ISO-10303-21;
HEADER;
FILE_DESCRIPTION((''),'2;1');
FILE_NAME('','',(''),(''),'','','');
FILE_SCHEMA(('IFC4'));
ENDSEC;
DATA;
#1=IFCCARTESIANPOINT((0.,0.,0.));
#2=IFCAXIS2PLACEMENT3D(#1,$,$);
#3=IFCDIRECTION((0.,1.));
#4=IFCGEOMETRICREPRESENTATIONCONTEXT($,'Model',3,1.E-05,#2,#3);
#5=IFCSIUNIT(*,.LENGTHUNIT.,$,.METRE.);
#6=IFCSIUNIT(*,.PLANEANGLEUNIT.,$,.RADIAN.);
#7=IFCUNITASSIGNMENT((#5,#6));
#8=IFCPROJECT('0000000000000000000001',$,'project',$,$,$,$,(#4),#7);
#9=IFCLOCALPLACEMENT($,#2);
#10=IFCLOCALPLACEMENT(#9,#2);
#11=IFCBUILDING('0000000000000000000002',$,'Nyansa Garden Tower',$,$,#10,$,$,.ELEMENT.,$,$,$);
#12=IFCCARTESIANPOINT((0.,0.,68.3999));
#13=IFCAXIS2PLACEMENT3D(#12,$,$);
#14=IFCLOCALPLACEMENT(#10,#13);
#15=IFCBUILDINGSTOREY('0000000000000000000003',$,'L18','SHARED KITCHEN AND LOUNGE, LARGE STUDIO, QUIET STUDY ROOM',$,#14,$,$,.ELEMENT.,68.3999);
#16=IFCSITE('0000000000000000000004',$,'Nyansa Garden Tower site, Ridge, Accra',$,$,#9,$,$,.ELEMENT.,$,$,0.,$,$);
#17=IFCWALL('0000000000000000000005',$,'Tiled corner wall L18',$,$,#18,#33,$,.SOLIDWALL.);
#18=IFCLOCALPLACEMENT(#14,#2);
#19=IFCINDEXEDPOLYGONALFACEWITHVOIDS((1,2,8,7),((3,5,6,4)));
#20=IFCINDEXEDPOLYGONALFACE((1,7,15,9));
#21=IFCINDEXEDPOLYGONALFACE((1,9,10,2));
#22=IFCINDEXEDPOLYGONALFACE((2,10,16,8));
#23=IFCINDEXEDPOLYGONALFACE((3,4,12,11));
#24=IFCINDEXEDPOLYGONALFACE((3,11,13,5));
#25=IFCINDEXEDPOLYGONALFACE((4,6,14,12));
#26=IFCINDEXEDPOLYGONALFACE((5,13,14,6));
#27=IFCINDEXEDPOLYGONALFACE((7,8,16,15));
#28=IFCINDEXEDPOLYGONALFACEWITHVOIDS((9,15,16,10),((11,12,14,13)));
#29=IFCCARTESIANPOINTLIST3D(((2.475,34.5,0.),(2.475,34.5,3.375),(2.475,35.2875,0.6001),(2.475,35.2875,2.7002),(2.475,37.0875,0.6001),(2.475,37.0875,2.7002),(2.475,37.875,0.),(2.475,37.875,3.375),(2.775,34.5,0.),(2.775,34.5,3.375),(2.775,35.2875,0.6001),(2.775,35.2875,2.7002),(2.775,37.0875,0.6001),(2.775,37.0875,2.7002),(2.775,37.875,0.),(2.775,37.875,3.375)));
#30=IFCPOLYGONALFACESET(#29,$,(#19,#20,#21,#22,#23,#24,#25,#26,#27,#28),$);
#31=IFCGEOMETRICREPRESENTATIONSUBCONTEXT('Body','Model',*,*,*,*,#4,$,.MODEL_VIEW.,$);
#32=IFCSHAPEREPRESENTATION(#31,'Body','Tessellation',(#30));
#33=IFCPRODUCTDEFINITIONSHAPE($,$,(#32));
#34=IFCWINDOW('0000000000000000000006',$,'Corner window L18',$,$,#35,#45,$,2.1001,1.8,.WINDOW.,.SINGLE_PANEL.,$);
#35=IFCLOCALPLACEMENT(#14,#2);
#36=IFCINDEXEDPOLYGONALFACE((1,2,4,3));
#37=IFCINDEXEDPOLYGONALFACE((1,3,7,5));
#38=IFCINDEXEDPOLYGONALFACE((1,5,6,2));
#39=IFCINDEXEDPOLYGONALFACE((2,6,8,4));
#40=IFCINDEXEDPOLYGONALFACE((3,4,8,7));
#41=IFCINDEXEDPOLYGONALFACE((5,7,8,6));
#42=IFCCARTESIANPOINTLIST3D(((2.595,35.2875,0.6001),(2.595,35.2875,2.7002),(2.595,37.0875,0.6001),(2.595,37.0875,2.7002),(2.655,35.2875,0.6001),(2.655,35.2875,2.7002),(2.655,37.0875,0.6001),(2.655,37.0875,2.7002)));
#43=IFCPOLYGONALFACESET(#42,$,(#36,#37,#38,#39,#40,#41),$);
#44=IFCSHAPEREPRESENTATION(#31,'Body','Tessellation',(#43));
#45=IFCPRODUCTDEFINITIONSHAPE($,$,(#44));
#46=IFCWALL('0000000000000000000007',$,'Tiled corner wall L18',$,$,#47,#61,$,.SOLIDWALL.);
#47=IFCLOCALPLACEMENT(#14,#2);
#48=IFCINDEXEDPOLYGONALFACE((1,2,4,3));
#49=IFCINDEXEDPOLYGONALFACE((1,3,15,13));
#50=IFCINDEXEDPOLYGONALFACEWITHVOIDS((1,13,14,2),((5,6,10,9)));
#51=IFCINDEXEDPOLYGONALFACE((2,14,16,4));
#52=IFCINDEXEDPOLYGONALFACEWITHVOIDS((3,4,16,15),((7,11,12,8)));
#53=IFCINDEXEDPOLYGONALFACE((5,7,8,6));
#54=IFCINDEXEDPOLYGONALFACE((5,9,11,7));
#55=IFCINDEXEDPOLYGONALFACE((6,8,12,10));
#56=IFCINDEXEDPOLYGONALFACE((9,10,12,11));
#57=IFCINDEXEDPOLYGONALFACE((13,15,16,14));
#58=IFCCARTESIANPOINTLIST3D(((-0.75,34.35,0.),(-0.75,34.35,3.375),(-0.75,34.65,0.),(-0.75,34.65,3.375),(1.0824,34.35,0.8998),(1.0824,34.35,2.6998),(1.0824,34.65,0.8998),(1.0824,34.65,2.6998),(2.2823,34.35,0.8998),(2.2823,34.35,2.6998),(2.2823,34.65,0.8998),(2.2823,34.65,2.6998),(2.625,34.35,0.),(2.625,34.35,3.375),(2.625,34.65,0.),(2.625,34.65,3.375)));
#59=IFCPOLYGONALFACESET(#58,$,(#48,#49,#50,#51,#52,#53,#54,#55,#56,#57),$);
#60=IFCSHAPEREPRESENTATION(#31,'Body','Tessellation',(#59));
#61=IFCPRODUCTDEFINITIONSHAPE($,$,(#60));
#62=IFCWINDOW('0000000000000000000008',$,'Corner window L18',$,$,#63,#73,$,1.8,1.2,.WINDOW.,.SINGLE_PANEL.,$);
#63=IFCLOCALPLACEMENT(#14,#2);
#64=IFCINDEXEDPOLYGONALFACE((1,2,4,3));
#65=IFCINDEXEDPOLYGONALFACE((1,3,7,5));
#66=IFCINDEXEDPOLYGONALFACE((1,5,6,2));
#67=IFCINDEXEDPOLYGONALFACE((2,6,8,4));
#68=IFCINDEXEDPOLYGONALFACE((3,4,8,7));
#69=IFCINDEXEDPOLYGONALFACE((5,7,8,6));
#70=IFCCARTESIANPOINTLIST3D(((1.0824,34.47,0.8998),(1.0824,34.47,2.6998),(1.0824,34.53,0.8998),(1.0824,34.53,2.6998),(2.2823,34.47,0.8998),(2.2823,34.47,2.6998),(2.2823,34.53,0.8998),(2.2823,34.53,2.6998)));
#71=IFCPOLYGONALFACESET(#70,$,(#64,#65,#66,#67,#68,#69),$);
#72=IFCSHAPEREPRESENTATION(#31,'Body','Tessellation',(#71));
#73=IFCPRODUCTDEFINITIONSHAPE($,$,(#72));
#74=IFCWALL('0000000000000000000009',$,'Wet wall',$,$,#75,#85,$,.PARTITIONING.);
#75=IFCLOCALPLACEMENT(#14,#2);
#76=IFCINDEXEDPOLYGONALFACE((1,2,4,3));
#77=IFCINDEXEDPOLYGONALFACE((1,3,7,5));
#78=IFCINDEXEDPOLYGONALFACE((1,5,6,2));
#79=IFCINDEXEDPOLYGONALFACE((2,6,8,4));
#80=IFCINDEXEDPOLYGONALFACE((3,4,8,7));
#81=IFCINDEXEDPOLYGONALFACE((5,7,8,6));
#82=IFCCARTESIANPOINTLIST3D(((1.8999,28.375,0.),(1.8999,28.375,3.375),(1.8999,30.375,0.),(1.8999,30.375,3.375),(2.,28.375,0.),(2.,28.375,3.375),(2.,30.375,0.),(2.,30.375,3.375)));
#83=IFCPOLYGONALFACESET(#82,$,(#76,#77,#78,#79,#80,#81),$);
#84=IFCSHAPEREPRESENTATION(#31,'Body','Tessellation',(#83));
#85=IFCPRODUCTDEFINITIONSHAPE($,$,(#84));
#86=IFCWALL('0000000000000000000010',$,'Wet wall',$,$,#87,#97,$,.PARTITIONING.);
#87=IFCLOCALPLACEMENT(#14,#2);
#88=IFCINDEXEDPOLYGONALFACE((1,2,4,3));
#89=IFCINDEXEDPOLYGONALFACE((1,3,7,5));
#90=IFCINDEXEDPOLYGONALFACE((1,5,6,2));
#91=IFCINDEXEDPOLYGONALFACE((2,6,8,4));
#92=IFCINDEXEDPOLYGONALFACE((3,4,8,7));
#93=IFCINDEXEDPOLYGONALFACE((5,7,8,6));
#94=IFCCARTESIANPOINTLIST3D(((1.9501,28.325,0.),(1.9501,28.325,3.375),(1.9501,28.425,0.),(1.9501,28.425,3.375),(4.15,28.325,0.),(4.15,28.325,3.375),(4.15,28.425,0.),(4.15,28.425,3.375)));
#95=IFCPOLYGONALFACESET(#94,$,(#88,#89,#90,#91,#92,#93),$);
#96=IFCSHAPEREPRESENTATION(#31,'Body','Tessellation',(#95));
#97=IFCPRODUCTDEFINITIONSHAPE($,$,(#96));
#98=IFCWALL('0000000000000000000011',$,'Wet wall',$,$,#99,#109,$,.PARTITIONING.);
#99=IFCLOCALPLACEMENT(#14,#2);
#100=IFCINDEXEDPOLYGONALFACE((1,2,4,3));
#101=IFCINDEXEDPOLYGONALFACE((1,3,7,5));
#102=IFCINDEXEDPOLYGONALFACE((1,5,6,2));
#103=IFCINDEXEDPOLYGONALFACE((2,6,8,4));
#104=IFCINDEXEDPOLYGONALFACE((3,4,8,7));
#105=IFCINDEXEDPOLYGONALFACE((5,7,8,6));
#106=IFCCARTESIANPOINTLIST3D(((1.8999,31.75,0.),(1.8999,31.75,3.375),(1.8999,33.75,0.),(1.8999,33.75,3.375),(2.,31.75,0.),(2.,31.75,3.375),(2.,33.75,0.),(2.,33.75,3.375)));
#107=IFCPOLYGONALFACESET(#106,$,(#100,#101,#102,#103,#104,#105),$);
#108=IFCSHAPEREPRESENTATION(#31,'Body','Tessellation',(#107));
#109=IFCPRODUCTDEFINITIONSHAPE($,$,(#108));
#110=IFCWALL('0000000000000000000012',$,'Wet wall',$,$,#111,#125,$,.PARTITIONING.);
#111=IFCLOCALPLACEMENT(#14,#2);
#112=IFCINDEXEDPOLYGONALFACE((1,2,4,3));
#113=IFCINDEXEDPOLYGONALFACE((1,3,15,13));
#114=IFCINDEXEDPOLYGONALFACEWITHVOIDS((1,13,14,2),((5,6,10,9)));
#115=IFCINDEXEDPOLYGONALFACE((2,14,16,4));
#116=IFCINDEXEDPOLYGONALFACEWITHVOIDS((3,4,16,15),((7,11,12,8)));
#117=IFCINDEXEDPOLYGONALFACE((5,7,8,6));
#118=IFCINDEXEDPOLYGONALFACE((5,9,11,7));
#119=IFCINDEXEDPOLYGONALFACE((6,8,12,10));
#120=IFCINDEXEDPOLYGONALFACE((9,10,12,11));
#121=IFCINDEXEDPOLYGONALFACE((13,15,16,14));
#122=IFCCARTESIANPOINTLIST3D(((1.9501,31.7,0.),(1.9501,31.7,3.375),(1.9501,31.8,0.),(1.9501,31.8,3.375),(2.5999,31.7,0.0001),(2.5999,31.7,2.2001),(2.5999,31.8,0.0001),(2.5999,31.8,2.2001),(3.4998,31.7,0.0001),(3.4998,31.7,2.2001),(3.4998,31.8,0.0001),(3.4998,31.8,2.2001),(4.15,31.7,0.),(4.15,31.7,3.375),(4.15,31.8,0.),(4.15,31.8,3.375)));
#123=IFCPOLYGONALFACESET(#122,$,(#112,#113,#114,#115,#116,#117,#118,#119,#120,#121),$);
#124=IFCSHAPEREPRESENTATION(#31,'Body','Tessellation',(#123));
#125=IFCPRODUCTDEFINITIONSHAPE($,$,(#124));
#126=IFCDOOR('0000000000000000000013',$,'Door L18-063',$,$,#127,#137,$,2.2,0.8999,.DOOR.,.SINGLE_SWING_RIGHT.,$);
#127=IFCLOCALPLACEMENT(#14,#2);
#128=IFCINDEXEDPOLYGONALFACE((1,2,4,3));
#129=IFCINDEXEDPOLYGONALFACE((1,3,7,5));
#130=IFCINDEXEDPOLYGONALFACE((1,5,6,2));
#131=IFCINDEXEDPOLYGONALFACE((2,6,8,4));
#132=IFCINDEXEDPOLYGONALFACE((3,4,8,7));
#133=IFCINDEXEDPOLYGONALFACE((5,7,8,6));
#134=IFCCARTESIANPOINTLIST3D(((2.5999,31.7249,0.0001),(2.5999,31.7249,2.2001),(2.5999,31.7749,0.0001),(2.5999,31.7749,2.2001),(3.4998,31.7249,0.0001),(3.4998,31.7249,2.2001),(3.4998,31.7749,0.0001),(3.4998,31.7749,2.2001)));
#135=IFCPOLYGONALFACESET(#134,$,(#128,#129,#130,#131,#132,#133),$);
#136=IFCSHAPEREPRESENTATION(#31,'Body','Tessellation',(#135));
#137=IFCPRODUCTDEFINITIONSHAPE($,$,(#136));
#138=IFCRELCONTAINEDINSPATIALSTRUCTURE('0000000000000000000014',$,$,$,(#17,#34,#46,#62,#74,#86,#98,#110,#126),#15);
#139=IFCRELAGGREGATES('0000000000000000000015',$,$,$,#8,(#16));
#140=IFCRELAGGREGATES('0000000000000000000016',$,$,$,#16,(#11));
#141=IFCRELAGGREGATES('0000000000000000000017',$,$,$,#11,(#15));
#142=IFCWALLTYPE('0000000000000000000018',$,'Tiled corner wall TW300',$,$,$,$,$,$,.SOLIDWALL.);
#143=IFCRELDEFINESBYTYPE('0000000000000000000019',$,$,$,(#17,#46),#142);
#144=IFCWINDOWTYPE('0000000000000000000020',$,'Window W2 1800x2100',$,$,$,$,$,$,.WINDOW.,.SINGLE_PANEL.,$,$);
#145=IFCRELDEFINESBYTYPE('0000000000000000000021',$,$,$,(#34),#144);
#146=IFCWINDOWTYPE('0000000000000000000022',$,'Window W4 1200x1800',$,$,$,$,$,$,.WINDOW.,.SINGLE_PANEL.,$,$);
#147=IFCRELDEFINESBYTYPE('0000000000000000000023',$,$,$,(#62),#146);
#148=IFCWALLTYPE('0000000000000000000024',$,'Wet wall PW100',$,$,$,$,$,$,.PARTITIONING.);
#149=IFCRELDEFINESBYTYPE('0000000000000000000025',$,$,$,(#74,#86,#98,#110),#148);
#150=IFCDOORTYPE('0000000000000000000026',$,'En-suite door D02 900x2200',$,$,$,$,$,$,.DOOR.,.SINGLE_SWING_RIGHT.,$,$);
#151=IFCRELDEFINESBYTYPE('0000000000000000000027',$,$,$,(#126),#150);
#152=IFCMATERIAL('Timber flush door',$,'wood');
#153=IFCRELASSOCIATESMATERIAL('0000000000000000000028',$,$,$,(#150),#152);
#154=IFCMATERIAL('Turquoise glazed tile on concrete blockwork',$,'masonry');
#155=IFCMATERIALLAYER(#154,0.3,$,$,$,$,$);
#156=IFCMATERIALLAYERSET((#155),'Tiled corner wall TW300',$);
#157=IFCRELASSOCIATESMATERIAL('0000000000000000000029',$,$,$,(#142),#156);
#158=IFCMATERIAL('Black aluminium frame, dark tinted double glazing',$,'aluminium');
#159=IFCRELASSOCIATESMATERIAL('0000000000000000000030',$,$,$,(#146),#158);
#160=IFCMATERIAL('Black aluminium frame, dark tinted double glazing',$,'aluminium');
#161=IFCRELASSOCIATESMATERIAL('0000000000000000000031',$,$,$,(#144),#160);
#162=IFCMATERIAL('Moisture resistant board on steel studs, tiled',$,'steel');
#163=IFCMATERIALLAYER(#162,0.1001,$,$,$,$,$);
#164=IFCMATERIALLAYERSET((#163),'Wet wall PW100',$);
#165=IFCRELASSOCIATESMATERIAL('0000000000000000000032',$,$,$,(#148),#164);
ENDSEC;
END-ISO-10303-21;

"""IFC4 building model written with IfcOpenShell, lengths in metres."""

from ifc_helpers import new_model, si_unit, direction, frame, frame_2d, origin, place, context, subcontext, project, spatial, rectangle, extrude, material, layer, layer_set, type_object, element, fill, save


model = new_model("IFC4")

# Units and contexts
model_context = context("Model", 3, precision=1e-05, world=origin(), true_north=direction((0.0, 1.0)))
body_context = subcontext(model_context, "Body", "Model", "MODEL_VIEW")
ifc_project = project(units=[si_unit("LENGTHUNIT", "METRE"), si_unit("PLANEANGLEUNIT", "RADIAN")], contexts=[model_context])

# Site, building, storey
site_placement = place(None, origin())
site = spatial("IfcSite", under=ifc_project, at=site_placement, Name="Nyansa Garden Tower site, Ridge, Accra", CompositionType="ELEMENT", RefElevation=0.0)
building_placement = place(site_placement, origin())
building = spatial("IfcBuilding", under=site, at=building_placement, Name="Nyansa Garden Tower", CompositionType="ELEMENT")
storey_placement = place(building_placement, frame((0.0, 0.0, 68.3999)))
storey = spatial("IfcBuildingStorey", under=building, at=storey_placement, Name="L18", Description="SHARED KITCHEN AND LOUNGE, LARGE STUDIO, QUIET STUDY ROOM", CompositionType="ELEMENT", Elevation=68.3999)

# Shared definitions
ifc_material_1 = material(Name="Timber flush door", Category="wood")
door_type_1 = type_object("IfcDoorType", Name="En-suite door D02 900x2200", OperationType="SINGLE_SWING_RIGHT", PredefinedType="DOOR", material=ifc_material_1)

# Walls, openings, windows
ifc_material_2 = material(Name="Turquoise glazed tile on concrete blockwork", Category="masonry")
ifc_layer_1 = layer(ifc_material_2, 0.3)
ifc_layer_set_1 = layer_set([ifc_layer_1], Name="Tiled corner wall TW300")
wall_type_1 = type_object("IfcWallType", Name="Tiled corner wall TW300", PredefinedType="SOLIDWALL", material=ifc_layer_set_1)
ifc_material_3 = material(Name="Black aluminium frame, dark tinted double glazing", Category="aluminium")
window_type_1 = type_object("IfcWindowType", Name="Window W4 1200x1800", PartitioningType="SINGLE_PANEL", PredefinedType="WINDOW", material=ifc_material_3)
ifc_material_4 = material(Name="Black aluminium frame, dark tinted double glazing", Category="aluminium")
window_type_2 = type_object("IfcWindowType", Name="Window W2 1800x2100", PartitioningType="SINGLE_PANEL", PredefinedType="WINDOW", material=ifc_material_4)
wall_1_placement = place(storey_placement, frame((2.625, 37.875, 0.0), z_axis=(0.0, 0.0, 1.0), x_axis=(0.0, -1.0, 0.0)))
wall_1 = element("IfcWall", 1, at=wall_1_placement, inside=storey, type_object=wall_type_1, Name="Tiled corner wall L18", PredefinedType="SOLIDWALL", context=body_context, shape_type="SweptSolid", body=[
    extrude(rectangle(XDim=3.375, YDim=0.3, at=frame_2d((1.6875, 0.0))), origin(), (0.0, 0.0, 1.0), 3.375),
])
opening_1_placement = place(wall_1_placement, frame((0.7876, 0.0, 0.6001)))
opening_1 = element("IfcOpeningElement", 2, at=opening_1_placement, cuts=wall_1, PredefinedType="OPENING", context=body_context, shape_type="SweptSolid", body=[
    extrude(rectangle(XDim=1.8, YDim=2.1001, at=frame_2d((0.8999, 1.05))), frame((0.0, 0.1599, 0.0), z_axis=(0.0, -1.0, 0.0), x_axis=(1.0, 0.0, 0.0)), (0.0, 0.0, 1.0), 0.3201),
])
window_1_placement = place(opening_1_placement, origin())
window_1 = element("IfcWindow", 3, at=window_1_placement, inside=storey, type_object=window_type_2, Name="Corner window L18", OverallHeight=2.1001, OverallWidth=1.8, PartitioningType="SINGLE_PANEL", PredefinedType="WINDOW", context=body_context, shape_type="SweptSolid", body=[
    extrude(rectangle(XDim=1.8, YDim=2.1001, at=frame_2d((0.8999, 1.05))), frame((0.0, 0.03, 0.0), z_axis=(0.0, -1.0, 0.0), x_axis=(1.0, 0.0, 0.0)), (0.0, 0.0, 1.0), 0.0601),
])
fill(opening_1, window_1)
wall_2_placement = place(storey_placement, frame((2.625, 34.5, 0.0), z_axis=(0.0, 0.0, 1.0), x_axis=(-1.0, 0.0, 0.0)))
wall_2 = element("IfcWall", 4, at=wall_2_placement, inside=storey, type_object=wall_type_1, Name="Tiled corner wall L18", PredefinedType="SOLIDWALL", context=body_context, shape_type="SweptSolid", body=[
    extrude(rectangle(XDim=3.375, YDim=0.3, at=frame_2d((1.6875, 0.0))), origin(), (0.0, 0.0, 1.0), 3.375),
])
opening_2_placement = place(wall_2_placement, frame((0.3425, 0.0, 0.8999)))
opening_2 = element("IfcOpeningElement", 5, at=opening_2_placement, cuts=wall_2, PredefinedType="OPENING", context=body_context, shape_type="SweptSolid", body=[
    extrude(rectangle(XDim=1.2, YDim=1.8, at=frame_2d((0.6001, 0.8999))), frame((0.0, 0.1599, 0.0), z_axis=(0.0, -1.0, 0.0), x_axis=(1.0, 0.0, 0.0)), (0.0, 0.0, 1.0), 0.3201),
])
window_2_placement = place(opening_2_placement, origin())
window_2 = element("IfcWindow", 6, at=window_2_placement, inside=storey, type_object=window_type_1, Name="Corner window L18", OverallHeight=1.8, OverallWidth=1.2, PartitioningType="SINGLE_PANEL", PredefinedType="WINDOW", context=body_context, shape_type="SweptSolid", body=[
    extrude(rectangle(XDim=1.2, YDim=1.8, at=frame_2d((0.6001, 0.8999))), frame((0.0, 0.03, 0.0), z_axis=(0.0, -1.0, 0.0), x_axis=(1.0, 0.0, 0.0)), (0.0, 0.0, 1.0), 0.0601),
])
fill(opening_2, window_2)

# Walls
ifc_material_5 = material(Name="Moisture resistant board on steel studs, tiled", Category="steel")
ifc_layer_2 = layer(ifc_material_5, 0.1001)
ifc_layer_set_2 = layer_set([ifc_layer_2], Name="Wet wall PW100")
wall_type_2 = type_object("IfcWallType", Name="Wet wall PW100", PredefinedType="PARTITIONING", material=ifc_layer_set_2)
wall_3_placement = place(storey_placement, frame((1.95, 28.375, 0.0), z_axis=(0.0, 0.0, 1.0), x_axis=(0.0, 1.0, 0.0)))
element("IfcWall", 7, at=wall_3_placement, inside=storey, type_object=wall_type_2, Name="Wet wall", PredefinedType="PARTITIONING", context=body_context, shape_type="SweptSolid", body=[
    extrude(rectangle(XDim=2.0, YDim=0.1001, at=frame_2d((1.0, 0.0))), origin(), (0.0, 0.0, 1.0), 3.375),
])
wall_4_placement = place(storey_placement, frame((1.95, 28.375, 0.0), z_axis=(0.0, 0.0, 1.0), x_axis=(1.0, 0.0, 0.0)))
element("IfcWall", 8, at=wall_4_placement, inside=storey, type_object=wall_type_2, Name="Wet wall", PredefinedType="PARTITIONING", context=body_context, shape_type="SweptSolid", body=[
    extrude(rectangle(XDim=2.2, YDim=0.1001, at=frame_2d((1.1001, 0.0))), origin(), (0.0, 0.0, 1.0), 3.375),
])
wall_5_placement = place(storey_placement, frame((1.95, 31.75, 0.0), z_axis=(0.0, 0.0, 1.0), x_axis=(0.0, 1.0, 0.0)))
element("IfcWall", 9, at=wall_5_placement, inside=storey, type_object=wall_type_2, Name="Wet wall", PredefinedType="PARTITIONING", context=body_context, shape_type="SweptSolid", body=[
    extrude(rectangle(XDim=2.0, YDim=0.1001, at=frame_2d((1.0, 0.0))), origin(), (0.0, 0.0, 1.0), 3.375),
])

# Wall, opening, door
wall_6_placement = place(storey_placement, frame((1.95, 31.75, 0.0), z_axis=(0.0, 0.0, 1.0), x_axis=(1.0, 0.0, 0.0)))
wall_6 = element("IfcWall", 10, at=wall_6_placement, inside=storey, type_object=wall_type_2, Name="Wet wall", PredefinedType="PARTITIONING", context=body_context, shape_type="SweptSolid", body=[
    extrude(rectangle(XDim=2.2, YDim=0.1001, at=frame_2d((1.1001, 0.0))), origin(), (0.0, 0.0, 1.0), 3.375),
])
opening_3_placement = place(wall_6_placement, frame((0.6499, 0.0, 0.0)))
opening_3 = element("IfcOpeningElement", 11, at=opening_3_placement, cuts=wall_6, PredefinedType="OPENING", context=body_context, shape_type="SweptSolid", body=[
    extrude(rectangle(XDim=0.8999, YDim=2.2, at=frame_2d((0.45, 1.1001))), frame((0.0, 0.0601, 0.0), z_axis=(0.0, -1.0, 0.0), x_axis=(1.0, 0.0, 0.0)), (0.0, 0.0, 1.0), 0.1201),
])
door_1_placement = place(opening_3_placement, origin())
door_1 = element("IfcDoor", 12, at=door_1_placement, inside=storey, type_object=door_type_1, Name="Door L18-063", OperationType="SINGLE_SWING_RIGHT", OverallHeight=2.2, OverallWidth=0.8999, PredefinedType="DOOR", context=body_context, shape_type="SweptSolid", body=[
    extrude(rectangle(XDim=0.8999, YDim=2.2, at=frame_2d((0.45, 1.1001))), frame((0.0, 0.0249, 0.0), z_axis=(0.0, -1.0, 0.0), x_axis=(1.0, 0.0, 0.0)), (0.0, 0.0, 1.0), 0.05),
])
fill(opening_3, door_1)

save(model, "model.ifc")
